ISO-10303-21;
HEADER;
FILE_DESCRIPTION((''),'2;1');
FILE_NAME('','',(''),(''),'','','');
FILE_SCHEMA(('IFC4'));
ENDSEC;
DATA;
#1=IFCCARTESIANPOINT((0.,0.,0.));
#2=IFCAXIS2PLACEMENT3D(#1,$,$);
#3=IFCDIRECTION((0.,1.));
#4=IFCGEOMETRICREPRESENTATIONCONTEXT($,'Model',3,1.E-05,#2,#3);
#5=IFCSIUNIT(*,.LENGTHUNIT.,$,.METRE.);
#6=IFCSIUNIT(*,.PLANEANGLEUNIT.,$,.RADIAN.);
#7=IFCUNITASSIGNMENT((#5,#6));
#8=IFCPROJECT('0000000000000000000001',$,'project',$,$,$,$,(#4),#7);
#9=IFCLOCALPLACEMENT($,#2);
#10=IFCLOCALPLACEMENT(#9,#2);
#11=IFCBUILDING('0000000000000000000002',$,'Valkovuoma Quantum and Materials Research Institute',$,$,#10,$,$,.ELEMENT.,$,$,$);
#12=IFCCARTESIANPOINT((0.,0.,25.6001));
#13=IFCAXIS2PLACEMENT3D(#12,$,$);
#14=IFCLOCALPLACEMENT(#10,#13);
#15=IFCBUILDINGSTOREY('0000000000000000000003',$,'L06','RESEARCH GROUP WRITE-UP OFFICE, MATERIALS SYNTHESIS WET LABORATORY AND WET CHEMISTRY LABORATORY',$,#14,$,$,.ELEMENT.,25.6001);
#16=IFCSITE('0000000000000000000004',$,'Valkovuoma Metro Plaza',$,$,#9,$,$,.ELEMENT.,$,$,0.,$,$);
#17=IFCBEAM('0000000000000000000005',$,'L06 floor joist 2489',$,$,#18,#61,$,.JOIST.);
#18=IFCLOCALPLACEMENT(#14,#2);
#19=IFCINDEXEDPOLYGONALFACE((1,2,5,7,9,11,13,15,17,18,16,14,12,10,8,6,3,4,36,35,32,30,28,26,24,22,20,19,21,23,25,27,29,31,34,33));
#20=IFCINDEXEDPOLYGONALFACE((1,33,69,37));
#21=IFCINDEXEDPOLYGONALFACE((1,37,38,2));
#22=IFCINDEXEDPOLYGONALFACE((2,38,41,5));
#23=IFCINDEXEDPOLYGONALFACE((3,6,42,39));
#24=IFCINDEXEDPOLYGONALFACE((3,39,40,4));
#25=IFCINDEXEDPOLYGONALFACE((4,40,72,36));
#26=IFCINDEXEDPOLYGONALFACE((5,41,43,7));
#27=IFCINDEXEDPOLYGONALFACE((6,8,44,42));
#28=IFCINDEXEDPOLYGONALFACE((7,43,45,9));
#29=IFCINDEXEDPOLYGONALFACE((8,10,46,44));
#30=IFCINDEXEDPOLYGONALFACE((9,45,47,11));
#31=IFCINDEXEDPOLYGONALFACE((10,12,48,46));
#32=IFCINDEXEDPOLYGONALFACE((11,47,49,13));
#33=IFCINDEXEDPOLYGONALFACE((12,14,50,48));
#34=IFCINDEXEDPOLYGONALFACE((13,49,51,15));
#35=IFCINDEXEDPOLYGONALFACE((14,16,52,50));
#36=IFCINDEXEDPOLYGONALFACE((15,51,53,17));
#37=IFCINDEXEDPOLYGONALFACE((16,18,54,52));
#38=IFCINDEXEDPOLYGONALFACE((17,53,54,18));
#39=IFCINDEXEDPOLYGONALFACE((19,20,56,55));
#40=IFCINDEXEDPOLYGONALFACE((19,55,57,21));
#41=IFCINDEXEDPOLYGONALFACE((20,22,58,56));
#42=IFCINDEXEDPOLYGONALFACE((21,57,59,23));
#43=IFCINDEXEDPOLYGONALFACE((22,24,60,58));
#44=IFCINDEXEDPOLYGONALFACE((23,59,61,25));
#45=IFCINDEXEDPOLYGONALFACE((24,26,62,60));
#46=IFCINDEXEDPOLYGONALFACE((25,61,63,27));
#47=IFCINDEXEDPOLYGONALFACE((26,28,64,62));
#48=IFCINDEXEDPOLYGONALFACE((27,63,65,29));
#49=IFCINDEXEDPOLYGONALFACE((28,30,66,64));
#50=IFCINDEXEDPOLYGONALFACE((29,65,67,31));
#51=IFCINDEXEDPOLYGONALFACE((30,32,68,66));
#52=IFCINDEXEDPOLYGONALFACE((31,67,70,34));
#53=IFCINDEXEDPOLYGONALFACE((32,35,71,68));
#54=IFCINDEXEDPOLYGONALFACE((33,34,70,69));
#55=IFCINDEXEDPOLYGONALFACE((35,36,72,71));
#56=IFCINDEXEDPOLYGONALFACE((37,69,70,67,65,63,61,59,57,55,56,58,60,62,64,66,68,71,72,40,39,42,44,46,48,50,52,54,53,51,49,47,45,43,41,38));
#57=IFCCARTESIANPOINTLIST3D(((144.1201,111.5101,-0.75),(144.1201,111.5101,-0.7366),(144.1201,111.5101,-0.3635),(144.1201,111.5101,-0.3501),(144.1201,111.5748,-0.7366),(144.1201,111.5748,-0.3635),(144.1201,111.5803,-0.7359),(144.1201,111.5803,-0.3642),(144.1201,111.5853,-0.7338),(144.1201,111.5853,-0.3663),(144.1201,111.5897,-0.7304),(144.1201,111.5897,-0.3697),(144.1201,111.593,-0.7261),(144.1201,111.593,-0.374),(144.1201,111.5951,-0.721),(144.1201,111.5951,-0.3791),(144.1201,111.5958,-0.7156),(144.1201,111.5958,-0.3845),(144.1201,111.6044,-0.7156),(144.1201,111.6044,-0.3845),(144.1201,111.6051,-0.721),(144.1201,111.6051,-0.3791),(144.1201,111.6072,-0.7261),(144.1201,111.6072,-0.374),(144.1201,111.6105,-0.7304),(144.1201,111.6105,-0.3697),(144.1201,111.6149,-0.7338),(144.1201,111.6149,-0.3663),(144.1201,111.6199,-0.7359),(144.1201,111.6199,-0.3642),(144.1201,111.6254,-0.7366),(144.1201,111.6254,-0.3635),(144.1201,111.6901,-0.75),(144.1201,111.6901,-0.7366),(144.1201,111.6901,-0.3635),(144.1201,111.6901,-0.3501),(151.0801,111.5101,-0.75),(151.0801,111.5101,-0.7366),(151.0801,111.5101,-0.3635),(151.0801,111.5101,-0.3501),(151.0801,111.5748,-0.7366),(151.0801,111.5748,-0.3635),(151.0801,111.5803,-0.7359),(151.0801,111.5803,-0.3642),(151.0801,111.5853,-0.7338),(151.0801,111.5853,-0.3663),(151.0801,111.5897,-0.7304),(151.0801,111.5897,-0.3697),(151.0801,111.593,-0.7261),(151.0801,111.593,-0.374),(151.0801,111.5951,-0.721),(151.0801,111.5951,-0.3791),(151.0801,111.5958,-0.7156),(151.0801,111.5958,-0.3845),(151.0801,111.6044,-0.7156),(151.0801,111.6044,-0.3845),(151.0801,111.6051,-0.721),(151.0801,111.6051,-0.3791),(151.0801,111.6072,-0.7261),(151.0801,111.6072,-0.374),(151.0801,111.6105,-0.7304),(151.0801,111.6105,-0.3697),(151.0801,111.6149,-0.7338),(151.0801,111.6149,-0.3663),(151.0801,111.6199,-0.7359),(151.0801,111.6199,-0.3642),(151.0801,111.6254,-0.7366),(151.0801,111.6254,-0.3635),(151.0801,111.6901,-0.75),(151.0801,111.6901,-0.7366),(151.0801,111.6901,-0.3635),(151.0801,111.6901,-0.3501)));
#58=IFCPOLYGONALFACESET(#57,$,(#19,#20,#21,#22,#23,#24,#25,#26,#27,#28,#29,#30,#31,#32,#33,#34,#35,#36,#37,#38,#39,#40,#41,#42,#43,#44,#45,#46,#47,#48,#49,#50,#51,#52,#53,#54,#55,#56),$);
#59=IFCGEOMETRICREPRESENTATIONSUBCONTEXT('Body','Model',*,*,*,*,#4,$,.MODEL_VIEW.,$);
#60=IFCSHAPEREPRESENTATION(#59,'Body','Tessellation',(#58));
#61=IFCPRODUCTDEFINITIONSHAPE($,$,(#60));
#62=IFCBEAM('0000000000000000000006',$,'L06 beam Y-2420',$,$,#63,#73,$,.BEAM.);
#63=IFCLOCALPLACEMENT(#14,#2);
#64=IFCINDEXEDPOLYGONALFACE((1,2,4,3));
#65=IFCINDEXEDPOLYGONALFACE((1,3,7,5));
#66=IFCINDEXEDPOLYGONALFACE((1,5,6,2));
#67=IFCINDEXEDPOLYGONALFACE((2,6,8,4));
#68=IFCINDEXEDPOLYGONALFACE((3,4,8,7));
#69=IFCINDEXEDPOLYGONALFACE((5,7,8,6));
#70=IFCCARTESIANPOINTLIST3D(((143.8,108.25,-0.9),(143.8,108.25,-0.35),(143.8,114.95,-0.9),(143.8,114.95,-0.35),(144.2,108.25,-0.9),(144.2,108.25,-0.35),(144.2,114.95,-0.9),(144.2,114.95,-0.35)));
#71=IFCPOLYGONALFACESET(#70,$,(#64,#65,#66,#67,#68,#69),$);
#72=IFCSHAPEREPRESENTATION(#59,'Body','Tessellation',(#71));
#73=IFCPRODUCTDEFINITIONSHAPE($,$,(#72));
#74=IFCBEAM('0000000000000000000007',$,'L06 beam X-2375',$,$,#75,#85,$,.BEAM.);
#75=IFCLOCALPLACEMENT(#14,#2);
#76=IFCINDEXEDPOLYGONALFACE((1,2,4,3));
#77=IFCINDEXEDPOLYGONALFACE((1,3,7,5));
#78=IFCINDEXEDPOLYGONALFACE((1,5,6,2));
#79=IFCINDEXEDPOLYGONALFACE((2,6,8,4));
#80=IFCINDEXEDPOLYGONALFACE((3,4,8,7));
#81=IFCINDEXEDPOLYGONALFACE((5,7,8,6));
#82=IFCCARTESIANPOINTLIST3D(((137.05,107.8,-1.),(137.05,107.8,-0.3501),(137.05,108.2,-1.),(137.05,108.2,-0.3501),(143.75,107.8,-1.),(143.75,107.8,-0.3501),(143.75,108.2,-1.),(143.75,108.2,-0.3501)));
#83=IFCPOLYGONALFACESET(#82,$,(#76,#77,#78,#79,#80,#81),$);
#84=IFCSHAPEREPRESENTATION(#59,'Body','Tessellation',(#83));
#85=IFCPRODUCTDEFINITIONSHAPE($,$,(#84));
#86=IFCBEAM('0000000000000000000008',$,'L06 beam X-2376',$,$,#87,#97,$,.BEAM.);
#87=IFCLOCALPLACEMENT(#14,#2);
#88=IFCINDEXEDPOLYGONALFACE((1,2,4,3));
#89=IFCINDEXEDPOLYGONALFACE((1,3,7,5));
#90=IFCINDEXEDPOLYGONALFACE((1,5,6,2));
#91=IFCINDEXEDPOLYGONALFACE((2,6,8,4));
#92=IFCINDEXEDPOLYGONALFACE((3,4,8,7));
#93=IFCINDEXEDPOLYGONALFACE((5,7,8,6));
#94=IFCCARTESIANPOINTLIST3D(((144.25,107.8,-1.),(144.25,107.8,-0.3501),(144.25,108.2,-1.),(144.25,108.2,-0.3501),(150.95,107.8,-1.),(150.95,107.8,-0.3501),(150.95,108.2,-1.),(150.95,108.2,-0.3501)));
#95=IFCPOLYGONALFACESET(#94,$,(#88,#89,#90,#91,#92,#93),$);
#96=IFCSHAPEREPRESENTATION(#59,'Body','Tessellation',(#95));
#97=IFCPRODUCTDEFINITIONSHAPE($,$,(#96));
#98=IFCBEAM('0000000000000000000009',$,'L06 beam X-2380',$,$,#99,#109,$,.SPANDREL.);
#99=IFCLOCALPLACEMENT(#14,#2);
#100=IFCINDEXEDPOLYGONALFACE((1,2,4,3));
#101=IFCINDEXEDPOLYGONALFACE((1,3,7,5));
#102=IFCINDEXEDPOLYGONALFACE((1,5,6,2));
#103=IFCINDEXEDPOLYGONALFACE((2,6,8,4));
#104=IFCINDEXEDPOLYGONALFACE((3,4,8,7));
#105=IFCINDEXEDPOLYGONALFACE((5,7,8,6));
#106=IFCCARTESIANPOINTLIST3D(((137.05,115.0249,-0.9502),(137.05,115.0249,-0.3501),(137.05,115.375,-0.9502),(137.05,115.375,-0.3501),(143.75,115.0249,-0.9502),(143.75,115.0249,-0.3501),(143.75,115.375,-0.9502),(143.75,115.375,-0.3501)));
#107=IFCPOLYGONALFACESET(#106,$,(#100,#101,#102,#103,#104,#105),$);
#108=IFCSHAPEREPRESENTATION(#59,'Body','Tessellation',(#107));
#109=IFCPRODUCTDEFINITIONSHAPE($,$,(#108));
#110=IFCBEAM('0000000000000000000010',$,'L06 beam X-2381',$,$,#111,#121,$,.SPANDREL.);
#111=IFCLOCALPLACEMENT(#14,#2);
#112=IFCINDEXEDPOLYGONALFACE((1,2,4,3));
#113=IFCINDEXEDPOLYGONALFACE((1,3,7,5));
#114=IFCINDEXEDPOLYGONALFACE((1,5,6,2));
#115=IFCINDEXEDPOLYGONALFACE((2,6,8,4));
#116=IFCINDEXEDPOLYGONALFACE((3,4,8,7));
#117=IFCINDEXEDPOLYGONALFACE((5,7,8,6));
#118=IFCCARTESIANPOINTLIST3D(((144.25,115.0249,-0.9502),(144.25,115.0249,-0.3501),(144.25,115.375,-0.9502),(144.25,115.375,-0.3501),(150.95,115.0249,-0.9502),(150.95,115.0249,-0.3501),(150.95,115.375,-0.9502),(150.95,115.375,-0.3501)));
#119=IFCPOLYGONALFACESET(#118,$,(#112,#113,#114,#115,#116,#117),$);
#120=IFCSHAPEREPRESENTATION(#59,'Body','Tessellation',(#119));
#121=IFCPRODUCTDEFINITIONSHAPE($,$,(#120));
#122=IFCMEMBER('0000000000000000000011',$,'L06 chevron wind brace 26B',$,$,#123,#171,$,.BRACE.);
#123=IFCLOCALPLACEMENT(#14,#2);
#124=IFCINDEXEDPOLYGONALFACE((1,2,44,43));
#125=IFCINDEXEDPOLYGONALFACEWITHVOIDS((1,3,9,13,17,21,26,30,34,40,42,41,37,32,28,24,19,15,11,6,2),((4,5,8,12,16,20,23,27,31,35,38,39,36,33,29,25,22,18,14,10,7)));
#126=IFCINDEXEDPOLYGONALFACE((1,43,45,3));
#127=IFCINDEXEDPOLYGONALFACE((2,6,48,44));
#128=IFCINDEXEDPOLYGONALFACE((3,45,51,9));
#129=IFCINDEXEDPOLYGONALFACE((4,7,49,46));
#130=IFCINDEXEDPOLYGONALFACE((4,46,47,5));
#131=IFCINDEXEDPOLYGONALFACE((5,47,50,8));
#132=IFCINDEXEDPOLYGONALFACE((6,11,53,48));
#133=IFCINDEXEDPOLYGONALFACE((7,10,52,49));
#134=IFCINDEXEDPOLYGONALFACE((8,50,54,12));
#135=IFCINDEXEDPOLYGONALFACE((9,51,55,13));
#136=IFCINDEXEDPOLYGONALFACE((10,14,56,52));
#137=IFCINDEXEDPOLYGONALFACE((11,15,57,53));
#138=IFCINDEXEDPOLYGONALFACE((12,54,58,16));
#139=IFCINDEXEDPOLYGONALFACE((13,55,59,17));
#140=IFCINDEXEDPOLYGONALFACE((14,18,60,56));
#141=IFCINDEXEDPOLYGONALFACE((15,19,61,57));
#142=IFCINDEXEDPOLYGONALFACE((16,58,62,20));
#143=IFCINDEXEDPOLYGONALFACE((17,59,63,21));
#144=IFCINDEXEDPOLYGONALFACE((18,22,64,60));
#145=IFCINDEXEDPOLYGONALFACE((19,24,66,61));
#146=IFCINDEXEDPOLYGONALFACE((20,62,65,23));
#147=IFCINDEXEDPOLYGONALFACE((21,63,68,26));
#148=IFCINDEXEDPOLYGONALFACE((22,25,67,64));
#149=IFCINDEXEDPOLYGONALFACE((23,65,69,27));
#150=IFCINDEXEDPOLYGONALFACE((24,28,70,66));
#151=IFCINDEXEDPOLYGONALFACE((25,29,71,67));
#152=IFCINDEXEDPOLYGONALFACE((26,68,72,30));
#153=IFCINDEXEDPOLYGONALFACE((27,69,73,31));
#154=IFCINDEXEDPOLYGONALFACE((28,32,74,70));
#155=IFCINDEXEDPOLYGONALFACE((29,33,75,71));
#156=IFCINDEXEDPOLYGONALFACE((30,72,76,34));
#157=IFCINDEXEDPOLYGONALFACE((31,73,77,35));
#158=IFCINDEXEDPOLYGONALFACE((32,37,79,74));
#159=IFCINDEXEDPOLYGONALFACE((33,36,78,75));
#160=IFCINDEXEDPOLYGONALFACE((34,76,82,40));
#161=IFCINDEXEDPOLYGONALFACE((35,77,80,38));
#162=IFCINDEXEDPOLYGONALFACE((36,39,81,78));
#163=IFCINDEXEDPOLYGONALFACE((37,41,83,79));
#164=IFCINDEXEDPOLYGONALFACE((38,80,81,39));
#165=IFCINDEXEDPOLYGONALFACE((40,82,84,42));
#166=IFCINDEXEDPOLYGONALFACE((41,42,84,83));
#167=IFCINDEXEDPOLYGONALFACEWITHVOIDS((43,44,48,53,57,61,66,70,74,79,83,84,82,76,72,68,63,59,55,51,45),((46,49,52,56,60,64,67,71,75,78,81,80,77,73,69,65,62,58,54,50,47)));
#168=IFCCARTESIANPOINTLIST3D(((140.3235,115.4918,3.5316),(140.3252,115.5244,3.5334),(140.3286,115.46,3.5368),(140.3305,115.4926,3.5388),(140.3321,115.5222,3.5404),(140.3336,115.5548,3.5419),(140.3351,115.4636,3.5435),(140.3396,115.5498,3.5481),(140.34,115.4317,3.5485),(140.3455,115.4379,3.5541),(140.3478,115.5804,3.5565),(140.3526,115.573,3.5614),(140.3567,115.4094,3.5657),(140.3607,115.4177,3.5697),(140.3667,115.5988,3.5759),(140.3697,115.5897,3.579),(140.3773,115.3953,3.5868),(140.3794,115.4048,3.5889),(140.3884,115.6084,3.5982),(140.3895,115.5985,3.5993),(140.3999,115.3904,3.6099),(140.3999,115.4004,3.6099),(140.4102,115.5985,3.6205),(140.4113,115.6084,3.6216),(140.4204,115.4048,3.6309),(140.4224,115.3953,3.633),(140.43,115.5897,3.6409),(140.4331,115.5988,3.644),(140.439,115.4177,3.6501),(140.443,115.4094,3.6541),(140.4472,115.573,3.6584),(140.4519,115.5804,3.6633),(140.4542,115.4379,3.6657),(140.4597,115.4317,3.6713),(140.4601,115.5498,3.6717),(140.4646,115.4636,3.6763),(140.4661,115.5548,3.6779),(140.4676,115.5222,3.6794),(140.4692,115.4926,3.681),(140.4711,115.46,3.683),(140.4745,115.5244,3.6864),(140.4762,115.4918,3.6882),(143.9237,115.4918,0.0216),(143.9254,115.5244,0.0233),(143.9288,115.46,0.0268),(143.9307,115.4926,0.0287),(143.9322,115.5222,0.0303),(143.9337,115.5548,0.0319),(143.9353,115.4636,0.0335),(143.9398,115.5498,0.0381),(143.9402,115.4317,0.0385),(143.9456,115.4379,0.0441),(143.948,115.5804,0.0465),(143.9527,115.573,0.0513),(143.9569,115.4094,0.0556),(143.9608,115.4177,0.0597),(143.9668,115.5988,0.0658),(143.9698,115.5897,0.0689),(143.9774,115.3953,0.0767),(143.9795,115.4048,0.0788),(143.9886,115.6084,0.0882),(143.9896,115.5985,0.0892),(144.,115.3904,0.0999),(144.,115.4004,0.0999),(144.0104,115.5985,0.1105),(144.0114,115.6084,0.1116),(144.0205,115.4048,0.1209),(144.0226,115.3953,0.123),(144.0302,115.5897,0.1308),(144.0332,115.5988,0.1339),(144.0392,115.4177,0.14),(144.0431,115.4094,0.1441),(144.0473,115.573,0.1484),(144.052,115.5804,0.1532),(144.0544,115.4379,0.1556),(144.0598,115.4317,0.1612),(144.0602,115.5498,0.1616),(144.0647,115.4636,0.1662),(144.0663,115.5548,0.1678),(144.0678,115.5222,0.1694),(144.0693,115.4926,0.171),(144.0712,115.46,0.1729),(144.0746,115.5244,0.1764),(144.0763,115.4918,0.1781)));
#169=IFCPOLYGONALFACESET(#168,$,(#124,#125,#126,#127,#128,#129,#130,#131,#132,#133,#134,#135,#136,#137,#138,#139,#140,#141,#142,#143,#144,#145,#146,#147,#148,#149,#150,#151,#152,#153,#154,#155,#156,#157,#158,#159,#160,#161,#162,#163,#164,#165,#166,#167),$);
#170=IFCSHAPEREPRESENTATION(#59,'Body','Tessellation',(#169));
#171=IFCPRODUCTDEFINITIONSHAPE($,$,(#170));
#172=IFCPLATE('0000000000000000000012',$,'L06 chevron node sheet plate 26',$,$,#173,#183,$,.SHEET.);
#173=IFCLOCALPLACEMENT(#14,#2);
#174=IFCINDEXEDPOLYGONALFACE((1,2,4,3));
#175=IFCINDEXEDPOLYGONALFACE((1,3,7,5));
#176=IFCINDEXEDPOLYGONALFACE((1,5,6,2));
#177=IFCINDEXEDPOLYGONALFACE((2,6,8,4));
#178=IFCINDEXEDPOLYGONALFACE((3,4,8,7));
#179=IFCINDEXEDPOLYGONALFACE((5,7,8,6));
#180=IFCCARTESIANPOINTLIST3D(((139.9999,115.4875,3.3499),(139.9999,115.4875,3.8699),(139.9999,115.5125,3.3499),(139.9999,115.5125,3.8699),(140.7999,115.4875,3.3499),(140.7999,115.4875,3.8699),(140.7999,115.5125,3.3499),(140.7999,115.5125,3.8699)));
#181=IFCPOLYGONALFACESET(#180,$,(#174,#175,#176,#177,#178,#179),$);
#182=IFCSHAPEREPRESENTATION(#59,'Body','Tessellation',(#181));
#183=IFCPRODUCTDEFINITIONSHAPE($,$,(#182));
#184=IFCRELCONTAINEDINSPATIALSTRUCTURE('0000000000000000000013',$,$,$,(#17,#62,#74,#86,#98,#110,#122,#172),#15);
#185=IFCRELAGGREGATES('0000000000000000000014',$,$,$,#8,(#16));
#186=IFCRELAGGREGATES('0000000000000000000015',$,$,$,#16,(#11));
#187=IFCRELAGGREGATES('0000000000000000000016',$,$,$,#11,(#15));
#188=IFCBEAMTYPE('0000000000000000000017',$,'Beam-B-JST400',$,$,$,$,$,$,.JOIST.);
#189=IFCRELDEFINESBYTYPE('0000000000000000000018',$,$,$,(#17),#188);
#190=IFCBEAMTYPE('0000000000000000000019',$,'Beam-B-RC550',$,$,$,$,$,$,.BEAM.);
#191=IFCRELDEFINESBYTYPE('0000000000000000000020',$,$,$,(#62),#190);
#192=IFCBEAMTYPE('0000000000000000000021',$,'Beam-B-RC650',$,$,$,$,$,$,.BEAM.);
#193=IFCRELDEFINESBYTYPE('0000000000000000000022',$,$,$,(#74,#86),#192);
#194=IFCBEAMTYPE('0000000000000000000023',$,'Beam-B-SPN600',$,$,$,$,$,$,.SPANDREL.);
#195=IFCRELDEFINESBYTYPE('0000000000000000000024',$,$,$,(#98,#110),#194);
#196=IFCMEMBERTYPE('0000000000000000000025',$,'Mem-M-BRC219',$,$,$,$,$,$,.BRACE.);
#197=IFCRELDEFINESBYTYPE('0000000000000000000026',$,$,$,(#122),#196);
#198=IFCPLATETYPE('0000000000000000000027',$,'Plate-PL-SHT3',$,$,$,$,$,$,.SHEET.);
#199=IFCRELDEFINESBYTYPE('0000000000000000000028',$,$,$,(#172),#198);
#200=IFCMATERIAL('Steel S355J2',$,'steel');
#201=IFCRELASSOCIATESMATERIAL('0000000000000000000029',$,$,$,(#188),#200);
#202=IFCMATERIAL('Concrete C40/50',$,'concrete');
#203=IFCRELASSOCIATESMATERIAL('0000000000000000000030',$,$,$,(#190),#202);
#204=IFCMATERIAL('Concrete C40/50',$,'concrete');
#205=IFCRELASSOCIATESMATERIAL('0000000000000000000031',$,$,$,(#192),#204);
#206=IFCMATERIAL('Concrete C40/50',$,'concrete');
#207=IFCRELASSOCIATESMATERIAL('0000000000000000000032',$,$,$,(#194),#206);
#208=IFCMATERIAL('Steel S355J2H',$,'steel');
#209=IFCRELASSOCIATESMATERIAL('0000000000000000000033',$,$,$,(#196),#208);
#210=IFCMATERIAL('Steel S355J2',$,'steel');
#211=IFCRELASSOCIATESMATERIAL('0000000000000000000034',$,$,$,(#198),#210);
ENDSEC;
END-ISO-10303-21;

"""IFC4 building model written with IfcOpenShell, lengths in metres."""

from ifc_helpers import new_model, si_unit, direction, frame, origin, origin_2d, place, context, subcontext, project, spatial, rectangle, hollow_circle, i_section, extrude, material, material_profile, profile_set, type_object, element, save


model = new_model("IFC4")

# Units and contexts
model_context = context("Model", 3, precision=1e-05, world=origin(), true_north=direction((0.0, 1.0)))
body_context = subcontext(model_context, "Body", "Model", "MODEL_VIEW")
ifc_project = project(units=[si_unit("LENGTHUNIT", "METRE"), si_unit("PLANEANGLEUNIT", "RADIAN")], contexts=[model_context])

# Site, building, storey
site_placement = place(None, origin())
site = spatial("IfcSite", under=ifc_project, at=site_placement, Name="Valkovuoma Metro Plaza", CompositionType="ELEMENT", RefElevation=0.0)
building_placement = place(site_placement, origin())
building = spatial("IfcBuilding", under=site, at=building_placement, Name="Valkovuoma Quantum and Materials Research Institute", CompositionType="ELEMENT")
storey_placement = place(building_placement, frame((0.0, 0.0, 25.6001)))
storey = spatial("IfcBuildingStorey", under=building, at=storey_placement, Name="L06", Description="RESEARCH GROUP WRITE-UP OFFICE, MATERIALS SYNTHESIS WET LABORATORY AND WET CHEMISTRY LABORATORY", CompositionType="ELEMENT", Elevation=25.6001)

# Beams
ifc_material_1 = material(Name="Steel S355J2", Category="steel")
ifc_material_profile_1 = material_profile(ifc_material_1, i_section(OverallWidth=0.1799, OverallDepth=0.3999, WebThickness=0.0085, FlangeThickness=0.0134, FilletRadius=0.021, at=origin_2d()), Name="Steel S355J2")
ifc_profile_set_1 = profile_set([ifc_material_profile_1], Name="Steel S355J2")
beam_type_1 = type_object("IfcBeamType", Name="Beam-B-JST400", PredefinedType="JOIST", material=ifc_profile_set_1)
beam_1_placement = place(storey_placement, frame((144.1201, 111.6001, -0.55), z_axis=(1.0, 0.0, 0.0), x_axis=(0.0, 1.0, 0.0)))
element("IfcBeam", 1, at=beam_1_placement, inside=storey, type_object=beam_type_1, Name="L06 floor joist 2489", PredefinedType="JOIST", context=body_context, shape_type="SweptSolid", body=[
    extrude(i_section(OverallWidth=0.1799, OverallDepth=0.3999, WebThickness=0.0085, FlangeThickness=0.0134, FilletRadius=0.021, at=origin_2d()), origin(), (0.0, 0.0, 1.0), 6.96),
])
ifc_material_2 = material(Name="Concrete C40/50", Category="concrete")
ifc_material_profile_2 = material_profile(ifc_material_2, rectangle(XDim=0.3999, YDim=0.55, at=origin_2d()), Name="Concrete C40/50")
ifc_profile_set_2 = profile_set([ifc_material_profile_2], Name="Concrete C40/50")
beam_type_2 = type_object("IfcBeamType", Name="Beam-B-RC550", PredefinedType="BEAM", material=ifc_profile_set_2)
beam_2_placement = place(storey_placement, frame((144.0, 108.25, -0.625), z_axis=(0.0, 1.0, 0.0), x_axis=(-1.0, 0.0, 0.0)))
element("IfcBeam", 2, at=beam_2_placement, inside=storey, type_object=beam_type_2, Name="L06 beam Y-2420", PredefinedType="BEAM", context=body_context, shape_type="SweptSolid", body=[
    extrude(rectangle(XDim=0.3999, YDim=0.55, at=origin_2d()), origin(), (0.0, 0.0, 1.0), 6.7),
])
ifc_material_3 = material(Name="Concrete C40/50", Category="concrete")
ifc_material_profile_3 = material_profile(ifc_material_3, rectangle(XDim=0.3999, YDim=0.6499, at=origin_2d()), Name="Concrete C40/50")
ifc_profile_set_3 = profile_set([ifc_material_profile_3], Name="Concrete C40/50")
beam_type_3 = type_object("IfcBeamType", Name="Beam-B-RC650", PredefinedType="BEAM", material=ifc_profile_set_3)
for number, where, z_axis, x_axis, name in (
    (3, (137.05, 108.0, -0.675), (1.0, 0.0, 0.0), (0.0, 1.0, 0.0), "L06 beam X-2375"),
    (4, (144.25, 108.0, -0.675), (1.0, 0.0, 0.0), (0.0, 1.0, 0.0), "L06 beam X-2376"),
):
    element("IfcBeam", number, at=place(storey_placement, frame(where, z_axis=z_axis, x_axis=x_axis)), inside=storey, type_object=beam_type_3, Name=name, PredefinedType="BEAM", context=body_context, shape_type="SweptSolid", body=[
        extrude(rectangle(XDim=0.3999, YDim=0.6499, at=origin_2d()), origin(), (0.0, 0.0, 1.0), 6.7),
    ])
ifc_material_4 = material(Name="Concrete C40/50", Category="concrete")
ifc_material_profile_4 = material_profile(ifc_material_4, rectangle(XDim=0.3501, YDim=0.6001, at=origin_2d()), Name="Concrete C40/50")
ifc_profile_set_4 = profile_set([ifc_material_profile_4], Name="Concrete C40/50")
beam_type_4 = type_object("IfcBeamType", Name="Beam-B-SPN600", PredefinedType="SPANDREL", material=ifc_profile_set_4)
for number, where, z_axis, x_axis, name in (
    (5, (137.05, 115.2, -0.6501), (1.0, 0.0, 0.0), (0.0, 1.0, 0.0), "L06 beam X-2380"),
    (6, (144.25, 115.2, -0.6501), (1.0, 0.0, 0.0), (0.0, 1.0, 0.0), "L06 beam X-2381"),
):
    element("IfcBeam", number, at=place(storey_placement, frame(where, z_axis=z_axis, x_axis=x_axis)), inside=storey, type_object=beam_type_4, Name=name, PredefinedType="SPANDREL", context=body_context, shape_type="SweptSolid", body=[
        extrude(rectangle(XDim=0.3501, YDim=0.6001, at=origin_2d()), origin(), (0.0, 0.0, 1.0), 6.7),
    ])

# Member
ifc_material_5 = material(Name="Steel S355J2H", Category="steel")
ifc_material_profile_5 = material_profile(ifc_material_5, hollow_circle(Radius=0.1096, WallThickness=0.01, at=origin_2d()), Name="Steel S355J2H")
ifc_profile_set_5 = profile_set([ifc_material_profile_5], Name="Steel S355J2H")
member_type = type_object("IfcMemberType", Name="Mem-M-BRC219", PredefinedType="BRACE", material=ifc_profile_set_5)
member_placement = place(storey_placement, frame((144.0, 115.5, 0.0999), z_axis=(-0.716009, 0.0, 0.698091), x_axis=(0.0, -1.0, 0.0)))
element("IfcMember", 7, at=member_placement, inside=storey, type_object=member_type, Name="L06 chevron wind brace 26B", PredefinedType="BRACE", context=body_context, shape_type="SweptSolid", body=[
    extrude(hollow_circle(Radius=0.1096, WallThickness=0.01, at=origin_2d()), origin(), (0.0, 0.0, 1.0), 5.0281),
])

# Plate
ifc_material_6 = material(Name="Steel S355J2", Category="steel")
plate_type = type_object("IfcPlateType", Name="Plate-PL-SHT3", PredefinedType="SHEET", material=ifc_material_6)
plate_placement = place(storey_placement, frame((140.3999, 115.5, 3.3499), z_axis=(0.0, 0.0, 1.0), x_axis=(1.0, 0.0, 0.0)))
element("IfcPlate", 8, at=plate_placement, inside=storey, type_object=plate_type, Name="L06 chevron node sheet plate 26", PredefinedType="SHEET", context=body_context, shape_type="SweptSolid", body=[
    extrude(rectangle(XDim=0.8, YDim=0.0249, at=origin_2d()), origin(), (0.0, 0.0, 1.0), 0.52),
])

save(model, "model.ifc")
